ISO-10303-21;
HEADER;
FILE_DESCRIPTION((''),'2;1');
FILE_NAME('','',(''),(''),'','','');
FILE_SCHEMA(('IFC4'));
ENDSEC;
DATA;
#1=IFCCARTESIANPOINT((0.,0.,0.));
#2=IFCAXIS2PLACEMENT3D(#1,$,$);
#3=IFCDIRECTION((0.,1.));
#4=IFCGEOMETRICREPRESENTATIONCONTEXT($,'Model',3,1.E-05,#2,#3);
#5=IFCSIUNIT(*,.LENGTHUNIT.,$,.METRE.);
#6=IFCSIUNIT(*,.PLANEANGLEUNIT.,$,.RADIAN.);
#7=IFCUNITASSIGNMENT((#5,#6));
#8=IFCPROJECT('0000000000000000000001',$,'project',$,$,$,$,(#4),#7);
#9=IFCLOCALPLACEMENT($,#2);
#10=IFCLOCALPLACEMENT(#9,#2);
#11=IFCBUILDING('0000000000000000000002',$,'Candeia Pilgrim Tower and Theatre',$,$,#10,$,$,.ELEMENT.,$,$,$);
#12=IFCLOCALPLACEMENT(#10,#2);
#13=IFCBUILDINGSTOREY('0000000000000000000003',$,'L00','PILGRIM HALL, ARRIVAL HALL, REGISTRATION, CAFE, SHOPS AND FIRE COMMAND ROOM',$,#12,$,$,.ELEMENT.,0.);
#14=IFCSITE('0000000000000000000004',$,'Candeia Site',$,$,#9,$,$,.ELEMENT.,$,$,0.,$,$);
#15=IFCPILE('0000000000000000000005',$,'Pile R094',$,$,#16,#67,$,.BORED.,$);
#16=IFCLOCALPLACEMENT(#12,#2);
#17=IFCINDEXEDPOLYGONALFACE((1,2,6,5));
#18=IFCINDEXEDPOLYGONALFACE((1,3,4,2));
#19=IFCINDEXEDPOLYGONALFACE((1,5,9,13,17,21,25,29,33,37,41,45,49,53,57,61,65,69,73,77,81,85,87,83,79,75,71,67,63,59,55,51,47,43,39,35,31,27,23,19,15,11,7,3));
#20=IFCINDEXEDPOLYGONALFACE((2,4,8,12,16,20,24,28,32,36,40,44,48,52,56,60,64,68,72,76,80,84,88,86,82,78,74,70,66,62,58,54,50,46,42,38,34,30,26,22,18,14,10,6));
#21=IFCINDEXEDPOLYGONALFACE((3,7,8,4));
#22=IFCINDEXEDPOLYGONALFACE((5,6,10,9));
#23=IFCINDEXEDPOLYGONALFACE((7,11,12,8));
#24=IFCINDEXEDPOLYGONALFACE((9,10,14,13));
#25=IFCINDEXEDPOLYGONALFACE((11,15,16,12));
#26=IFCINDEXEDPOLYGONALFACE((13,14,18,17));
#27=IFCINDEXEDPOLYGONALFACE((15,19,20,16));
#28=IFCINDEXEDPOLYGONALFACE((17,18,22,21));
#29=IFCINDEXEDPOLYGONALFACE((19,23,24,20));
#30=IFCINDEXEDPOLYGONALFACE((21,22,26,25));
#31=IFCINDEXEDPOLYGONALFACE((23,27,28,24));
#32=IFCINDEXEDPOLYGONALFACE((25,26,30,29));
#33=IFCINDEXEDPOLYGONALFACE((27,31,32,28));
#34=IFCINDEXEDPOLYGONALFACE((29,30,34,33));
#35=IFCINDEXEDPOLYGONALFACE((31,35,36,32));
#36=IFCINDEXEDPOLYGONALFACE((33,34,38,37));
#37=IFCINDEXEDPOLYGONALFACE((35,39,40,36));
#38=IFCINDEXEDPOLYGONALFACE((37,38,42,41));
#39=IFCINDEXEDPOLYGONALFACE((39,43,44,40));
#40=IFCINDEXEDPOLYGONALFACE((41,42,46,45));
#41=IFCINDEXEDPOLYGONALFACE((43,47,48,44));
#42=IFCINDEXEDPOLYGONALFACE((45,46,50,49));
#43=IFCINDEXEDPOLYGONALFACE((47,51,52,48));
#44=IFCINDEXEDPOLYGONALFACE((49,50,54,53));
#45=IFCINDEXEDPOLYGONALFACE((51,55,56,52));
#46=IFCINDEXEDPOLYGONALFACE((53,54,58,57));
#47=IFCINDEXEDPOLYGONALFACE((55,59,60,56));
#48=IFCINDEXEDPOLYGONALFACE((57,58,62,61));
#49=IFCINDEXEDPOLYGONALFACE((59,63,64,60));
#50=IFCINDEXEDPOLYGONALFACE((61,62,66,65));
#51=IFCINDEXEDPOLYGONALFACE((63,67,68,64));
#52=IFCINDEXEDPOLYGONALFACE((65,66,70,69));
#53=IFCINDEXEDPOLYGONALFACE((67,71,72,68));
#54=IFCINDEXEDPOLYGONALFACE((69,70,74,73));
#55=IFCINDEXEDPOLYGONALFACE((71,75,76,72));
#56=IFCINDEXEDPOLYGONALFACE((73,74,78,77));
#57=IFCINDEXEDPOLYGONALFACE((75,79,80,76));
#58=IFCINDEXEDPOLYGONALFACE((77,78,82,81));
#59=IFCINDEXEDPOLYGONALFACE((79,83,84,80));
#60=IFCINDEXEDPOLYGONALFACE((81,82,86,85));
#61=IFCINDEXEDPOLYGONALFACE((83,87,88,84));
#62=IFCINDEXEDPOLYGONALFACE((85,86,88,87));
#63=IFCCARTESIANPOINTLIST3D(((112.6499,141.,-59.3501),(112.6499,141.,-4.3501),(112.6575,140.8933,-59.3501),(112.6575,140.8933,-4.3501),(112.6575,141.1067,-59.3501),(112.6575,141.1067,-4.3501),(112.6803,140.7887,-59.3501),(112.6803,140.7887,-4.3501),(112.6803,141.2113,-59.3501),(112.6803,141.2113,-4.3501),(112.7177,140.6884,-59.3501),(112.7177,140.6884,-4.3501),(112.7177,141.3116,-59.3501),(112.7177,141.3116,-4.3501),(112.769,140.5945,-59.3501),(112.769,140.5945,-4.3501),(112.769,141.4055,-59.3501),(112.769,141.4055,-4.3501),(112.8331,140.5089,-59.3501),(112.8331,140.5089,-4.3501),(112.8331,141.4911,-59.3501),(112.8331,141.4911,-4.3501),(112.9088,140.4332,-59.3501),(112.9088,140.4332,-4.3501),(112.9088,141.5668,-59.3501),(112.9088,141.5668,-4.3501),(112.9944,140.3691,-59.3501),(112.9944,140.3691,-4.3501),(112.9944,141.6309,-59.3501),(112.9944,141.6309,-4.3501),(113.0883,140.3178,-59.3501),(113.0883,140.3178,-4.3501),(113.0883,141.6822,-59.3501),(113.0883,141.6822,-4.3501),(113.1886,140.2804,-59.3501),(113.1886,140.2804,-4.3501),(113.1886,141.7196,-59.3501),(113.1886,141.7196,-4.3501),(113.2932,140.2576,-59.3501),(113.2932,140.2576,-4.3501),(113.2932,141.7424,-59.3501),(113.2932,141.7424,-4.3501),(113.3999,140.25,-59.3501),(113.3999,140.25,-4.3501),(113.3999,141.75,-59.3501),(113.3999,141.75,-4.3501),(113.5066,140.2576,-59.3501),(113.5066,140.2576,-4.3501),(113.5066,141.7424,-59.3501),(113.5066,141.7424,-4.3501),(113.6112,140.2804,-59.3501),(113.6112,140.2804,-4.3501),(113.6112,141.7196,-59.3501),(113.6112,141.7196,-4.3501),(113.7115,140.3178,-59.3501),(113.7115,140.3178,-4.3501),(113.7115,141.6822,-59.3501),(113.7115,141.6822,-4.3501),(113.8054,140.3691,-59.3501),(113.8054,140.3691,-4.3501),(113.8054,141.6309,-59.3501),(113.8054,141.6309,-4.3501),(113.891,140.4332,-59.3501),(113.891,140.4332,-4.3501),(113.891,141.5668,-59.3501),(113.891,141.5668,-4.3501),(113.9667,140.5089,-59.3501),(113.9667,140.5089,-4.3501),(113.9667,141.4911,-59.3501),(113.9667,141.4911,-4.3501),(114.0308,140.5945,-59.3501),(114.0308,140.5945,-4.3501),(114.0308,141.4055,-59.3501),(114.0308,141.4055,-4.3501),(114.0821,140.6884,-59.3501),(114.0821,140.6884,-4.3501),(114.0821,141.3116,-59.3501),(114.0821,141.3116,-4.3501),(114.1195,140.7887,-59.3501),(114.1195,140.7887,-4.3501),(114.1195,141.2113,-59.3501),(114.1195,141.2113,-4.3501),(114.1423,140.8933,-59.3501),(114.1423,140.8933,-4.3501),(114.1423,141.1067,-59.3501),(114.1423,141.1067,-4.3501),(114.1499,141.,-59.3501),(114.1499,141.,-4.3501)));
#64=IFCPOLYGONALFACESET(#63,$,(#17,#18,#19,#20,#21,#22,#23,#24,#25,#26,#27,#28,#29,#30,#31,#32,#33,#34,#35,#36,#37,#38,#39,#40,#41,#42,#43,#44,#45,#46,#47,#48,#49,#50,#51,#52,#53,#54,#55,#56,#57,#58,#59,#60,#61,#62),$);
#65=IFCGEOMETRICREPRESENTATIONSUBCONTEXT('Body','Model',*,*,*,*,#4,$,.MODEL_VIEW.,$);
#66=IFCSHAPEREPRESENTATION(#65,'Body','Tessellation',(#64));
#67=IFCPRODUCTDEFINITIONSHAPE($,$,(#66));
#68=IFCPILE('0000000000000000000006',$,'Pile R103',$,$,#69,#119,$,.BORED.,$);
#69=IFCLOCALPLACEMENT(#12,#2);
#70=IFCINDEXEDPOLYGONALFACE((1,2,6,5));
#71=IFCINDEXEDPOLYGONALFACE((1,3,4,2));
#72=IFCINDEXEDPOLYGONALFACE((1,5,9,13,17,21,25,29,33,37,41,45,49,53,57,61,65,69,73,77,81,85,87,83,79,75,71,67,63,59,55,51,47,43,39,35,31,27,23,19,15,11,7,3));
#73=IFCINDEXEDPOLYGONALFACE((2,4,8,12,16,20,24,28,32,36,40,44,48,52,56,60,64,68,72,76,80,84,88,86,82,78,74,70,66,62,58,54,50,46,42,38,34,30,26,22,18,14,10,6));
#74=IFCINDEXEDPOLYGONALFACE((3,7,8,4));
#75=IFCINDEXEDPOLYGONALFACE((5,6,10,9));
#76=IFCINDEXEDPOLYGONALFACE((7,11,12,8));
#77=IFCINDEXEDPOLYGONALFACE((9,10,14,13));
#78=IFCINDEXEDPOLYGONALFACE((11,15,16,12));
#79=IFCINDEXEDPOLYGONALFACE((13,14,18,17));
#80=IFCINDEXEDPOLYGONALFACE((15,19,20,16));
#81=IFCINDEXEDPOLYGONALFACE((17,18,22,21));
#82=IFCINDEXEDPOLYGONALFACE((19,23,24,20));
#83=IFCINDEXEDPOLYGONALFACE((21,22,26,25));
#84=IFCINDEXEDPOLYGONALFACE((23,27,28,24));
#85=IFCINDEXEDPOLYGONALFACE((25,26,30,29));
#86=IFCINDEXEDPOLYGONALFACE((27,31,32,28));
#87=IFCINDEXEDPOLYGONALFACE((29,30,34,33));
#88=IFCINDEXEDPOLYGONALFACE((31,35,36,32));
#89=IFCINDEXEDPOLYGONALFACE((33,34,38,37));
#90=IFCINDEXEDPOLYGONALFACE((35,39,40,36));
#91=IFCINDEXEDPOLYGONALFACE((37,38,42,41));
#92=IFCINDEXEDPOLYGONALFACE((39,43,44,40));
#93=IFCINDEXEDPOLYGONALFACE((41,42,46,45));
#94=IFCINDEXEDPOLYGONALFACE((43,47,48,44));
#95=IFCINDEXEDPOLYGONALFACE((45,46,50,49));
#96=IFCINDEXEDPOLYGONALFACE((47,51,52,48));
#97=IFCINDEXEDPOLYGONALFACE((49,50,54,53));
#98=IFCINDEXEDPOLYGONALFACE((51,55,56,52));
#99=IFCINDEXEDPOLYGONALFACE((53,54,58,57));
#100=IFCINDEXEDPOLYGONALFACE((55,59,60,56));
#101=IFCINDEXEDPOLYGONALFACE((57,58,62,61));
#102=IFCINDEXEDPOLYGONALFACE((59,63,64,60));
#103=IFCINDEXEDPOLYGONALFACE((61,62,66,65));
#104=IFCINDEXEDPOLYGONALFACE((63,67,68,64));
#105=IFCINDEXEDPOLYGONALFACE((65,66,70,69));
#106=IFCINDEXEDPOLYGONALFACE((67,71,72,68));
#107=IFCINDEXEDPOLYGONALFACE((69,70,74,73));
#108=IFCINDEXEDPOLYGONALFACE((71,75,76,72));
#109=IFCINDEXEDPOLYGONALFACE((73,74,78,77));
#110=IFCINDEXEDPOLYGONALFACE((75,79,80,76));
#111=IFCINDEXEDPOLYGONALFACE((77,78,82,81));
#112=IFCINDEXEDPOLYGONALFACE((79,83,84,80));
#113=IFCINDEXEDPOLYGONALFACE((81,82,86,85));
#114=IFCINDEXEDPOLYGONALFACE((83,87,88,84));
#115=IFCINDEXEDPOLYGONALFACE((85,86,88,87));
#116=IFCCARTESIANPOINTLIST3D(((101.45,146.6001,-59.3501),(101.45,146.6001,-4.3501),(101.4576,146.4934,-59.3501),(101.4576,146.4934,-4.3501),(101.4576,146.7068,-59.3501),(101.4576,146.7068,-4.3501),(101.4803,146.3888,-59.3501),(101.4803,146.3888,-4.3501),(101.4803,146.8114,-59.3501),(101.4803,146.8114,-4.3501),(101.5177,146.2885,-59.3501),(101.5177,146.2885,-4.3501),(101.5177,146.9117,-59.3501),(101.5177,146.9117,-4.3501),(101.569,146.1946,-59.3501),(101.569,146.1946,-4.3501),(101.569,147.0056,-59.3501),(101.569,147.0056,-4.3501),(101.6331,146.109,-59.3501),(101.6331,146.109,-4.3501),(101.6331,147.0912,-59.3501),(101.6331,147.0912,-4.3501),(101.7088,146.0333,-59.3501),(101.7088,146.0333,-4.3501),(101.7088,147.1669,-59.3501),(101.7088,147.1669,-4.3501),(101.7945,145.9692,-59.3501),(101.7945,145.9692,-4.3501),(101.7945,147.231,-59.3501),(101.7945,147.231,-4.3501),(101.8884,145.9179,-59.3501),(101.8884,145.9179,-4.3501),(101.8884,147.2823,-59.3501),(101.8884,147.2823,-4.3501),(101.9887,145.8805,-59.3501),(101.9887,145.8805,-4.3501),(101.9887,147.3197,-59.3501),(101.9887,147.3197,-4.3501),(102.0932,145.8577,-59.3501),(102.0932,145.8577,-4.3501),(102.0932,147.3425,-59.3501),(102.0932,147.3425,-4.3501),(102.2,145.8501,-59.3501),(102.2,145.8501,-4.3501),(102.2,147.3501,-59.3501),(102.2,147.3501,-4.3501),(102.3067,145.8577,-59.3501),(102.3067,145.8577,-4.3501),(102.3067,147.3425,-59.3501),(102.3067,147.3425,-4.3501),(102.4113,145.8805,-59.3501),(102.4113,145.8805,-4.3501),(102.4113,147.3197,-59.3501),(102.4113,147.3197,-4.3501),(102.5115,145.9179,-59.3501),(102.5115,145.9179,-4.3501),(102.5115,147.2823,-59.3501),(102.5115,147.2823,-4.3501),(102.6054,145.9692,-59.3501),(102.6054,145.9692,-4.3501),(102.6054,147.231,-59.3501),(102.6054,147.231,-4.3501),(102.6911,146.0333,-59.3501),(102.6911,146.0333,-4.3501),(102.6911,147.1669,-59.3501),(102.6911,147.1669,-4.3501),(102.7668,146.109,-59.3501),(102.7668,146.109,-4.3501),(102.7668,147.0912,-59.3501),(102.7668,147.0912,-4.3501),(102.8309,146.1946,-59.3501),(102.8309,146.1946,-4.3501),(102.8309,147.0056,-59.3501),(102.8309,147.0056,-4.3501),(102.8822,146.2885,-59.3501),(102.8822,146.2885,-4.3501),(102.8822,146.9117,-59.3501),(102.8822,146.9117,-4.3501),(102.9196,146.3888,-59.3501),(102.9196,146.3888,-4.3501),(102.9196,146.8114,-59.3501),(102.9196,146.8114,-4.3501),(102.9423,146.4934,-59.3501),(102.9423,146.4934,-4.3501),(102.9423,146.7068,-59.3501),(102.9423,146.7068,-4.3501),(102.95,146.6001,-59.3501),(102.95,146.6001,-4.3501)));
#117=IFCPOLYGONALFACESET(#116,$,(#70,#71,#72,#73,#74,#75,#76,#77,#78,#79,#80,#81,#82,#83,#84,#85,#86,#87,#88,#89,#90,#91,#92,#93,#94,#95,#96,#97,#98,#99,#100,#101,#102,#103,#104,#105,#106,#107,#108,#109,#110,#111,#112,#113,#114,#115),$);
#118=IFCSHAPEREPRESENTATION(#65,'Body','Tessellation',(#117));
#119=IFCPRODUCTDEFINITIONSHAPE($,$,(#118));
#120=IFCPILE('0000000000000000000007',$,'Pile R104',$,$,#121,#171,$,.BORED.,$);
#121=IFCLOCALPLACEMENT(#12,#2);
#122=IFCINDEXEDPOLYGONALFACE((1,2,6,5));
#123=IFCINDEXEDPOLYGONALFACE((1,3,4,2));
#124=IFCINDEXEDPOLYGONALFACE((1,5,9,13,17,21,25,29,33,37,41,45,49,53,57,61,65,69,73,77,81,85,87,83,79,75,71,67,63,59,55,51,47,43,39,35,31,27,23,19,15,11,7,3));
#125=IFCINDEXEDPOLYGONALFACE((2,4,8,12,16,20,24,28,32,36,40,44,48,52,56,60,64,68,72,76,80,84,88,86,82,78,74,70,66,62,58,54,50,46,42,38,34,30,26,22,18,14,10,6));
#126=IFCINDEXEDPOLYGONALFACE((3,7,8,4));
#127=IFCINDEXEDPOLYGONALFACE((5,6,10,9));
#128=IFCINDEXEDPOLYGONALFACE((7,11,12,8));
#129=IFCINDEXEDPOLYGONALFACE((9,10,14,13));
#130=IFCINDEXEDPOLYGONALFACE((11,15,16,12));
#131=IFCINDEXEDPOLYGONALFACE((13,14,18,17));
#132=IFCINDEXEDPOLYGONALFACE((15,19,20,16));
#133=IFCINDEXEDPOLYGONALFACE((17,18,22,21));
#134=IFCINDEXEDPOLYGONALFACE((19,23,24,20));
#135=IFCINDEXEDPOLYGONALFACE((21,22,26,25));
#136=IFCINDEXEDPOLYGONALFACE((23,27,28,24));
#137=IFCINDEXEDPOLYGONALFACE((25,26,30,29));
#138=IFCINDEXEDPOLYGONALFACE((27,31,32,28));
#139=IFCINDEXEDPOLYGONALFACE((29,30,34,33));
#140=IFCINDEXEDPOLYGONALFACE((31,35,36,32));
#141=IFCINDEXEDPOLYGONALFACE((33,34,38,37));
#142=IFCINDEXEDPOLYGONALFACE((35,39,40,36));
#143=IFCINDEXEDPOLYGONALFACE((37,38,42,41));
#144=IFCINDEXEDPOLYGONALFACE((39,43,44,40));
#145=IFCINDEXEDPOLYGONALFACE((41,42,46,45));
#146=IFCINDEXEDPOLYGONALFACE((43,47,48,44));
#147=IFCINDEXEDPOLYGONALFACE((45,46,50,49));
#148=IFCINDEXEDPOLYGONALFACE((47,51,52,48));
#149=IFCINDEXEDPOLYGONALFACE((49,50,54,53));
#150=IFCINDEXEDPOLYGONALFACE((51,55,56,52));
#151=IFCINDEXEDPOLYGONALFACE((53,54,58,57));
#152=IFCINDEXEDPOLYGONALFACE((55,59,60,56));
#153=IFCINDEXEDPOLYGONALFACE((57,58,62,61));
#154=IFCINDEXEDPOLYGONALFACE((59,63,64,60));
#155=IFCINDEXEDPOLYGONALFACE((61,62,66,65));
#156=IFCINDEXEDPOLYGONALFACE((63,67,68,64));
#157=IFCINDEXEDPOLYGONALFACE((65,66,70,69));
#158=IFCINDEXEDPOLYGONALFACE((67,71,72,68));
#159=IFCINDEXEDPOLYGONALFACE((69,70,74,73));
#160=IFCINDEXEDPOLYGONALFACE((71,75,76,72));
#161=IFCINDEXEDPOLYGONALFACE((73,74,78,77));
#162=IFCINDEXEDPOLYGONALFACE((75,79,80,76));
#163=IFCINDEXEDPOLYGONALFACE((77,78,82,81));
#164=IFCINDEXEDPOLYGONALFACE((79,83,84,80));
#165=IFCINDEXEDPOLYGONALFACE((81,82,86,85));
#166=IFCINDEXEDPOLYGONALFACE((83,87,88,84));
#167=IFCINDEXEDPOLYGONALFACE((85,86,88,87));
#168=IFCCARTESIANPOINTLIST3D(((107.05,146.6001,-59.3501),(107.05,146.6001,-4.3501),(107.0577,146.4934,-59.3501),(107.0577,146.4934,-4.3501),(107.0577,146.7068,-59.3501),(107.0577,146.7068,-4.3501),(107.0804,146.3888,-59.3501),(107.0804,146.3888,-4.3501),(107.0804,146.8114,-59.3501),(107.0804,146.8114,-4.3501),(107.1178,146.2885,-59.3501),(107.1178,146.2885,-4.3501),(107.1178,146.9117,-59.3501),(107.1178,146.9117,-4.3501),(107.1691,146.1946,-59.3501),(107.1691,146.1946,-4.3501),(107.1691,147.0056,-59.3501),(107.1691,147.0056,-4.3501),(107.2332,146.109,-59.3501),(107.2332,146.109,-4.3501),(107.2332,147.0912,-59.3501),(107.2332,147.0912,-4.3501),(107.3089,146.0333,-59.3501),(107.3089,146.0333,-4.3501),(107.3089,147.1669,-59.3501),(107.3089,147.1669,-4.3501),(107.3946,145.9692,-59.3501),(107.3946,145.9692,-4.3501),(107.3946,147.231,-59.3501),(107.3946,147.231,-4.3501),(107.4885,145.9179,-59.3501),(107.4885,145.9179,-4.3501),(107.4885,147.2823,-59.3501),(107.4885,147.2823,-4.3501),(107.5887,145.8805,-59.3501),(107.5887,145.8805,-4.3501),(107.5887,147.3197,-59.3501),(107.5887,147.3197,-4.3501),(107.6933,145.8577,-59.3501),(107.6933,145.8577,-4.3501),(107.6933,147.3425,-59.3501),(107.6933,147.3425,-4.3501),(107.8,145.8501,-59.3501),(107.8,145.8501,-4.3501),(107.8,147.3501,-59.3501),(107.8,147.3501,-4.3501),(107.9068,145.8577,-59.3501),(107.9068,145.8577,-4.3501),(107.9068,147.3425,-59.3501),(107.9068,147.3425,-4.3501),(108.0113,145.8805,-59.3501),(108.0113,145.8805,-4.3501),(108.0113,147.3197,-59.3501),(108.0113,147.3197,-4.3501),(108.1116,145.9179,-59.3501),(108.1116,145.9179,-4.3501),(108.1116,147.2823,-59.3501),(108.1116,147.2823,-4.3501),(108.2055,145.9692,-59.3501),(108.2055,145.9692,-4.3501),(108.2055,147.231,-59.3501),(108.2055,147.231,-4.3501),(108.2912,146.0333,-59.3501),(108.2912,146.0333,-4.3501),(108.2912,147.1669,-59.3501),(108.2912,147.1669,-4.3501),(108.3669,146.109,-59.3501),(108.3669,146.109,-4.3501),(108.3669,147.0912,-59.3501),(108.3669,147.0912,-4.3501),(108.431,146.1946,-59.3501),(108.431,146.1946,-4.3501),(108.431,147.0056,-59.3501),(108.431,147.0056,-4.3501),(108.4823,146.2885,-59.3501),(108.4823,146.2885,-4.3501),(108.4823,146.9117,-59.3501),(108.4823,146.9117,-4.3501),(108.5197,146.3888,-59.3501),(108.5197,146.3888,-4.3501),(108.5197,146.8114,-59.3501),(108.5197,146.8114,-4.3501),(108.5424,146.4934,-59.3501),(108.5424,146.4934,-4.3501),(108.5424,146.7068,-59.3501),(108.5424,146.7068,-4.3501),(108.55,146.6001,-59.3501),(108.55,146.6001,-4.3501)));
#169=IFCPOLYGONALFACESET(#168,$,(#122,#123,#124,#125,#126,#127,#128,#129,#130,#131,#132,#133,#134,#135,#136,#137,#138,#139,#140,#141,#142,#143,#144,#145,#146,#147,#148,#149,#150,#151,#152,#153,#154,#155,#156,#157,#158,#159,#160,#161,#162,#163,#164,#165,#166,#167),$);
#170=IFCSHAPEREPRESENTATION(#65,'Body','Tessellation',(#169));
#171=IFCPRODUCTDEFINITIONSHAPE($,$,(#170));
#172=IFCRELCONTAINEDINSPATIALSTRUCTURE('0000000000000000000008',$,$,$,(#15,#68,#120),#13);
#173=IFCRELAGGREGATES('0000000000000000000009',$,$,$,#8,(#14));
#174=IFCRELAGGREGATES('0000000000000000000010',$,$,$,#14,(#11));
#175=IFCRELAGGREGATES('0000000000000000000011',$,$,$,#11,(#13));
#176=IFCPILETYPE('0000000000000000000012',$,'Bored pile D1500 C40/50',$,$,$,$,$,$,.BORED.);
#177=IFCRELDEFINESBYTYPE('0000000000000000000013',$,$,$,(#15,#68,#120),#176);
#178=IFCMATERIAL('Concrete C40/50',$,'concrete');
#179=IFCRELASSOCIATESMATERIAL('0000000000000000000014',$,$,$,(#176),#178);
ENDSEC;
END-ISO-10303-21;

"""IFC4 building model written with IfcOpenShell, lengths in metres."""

from ifc_helpers import new_model, si_unit, direction, frame, origin, origin_2d, place, context, subcontext, project, spatial, circle, extrude, material, material_profile, profile_set, type_object, element, save


model = new_model("IFC4")

# Units and contexts
model_context = context("Model", 3, precision=1e-05, world=origin(), true_north=direction((0.0, 1.0)))
body_context = subcontext(model_context, "Body", "Model", "MODEL_VIEW")
ifc_project = project(units=[si_unit("LENGTHUNIT", "METRE"), si_unit("PLANEANGLEUNIT", "RADIAN")], contexts=[model_context])

# Site, building, storey
site_placement = place(None, origin())
site = spatial("IfcSite", under=ifc_project, at=site_placement, Name="Candeia Site", CompositionType="ELEMENT", RefElevation=0.0)
building_placement = place(site_placement, origin())
building = spatial("IfcBuilding", under=site, at=building_placement, Name="Candeia Pilgrim Tower and Theatre", CompositionType="ELEMENT")
storey_placement = place(building_placement, origin())
storey = spatial("IfcBuildingStorey", under=building, at=storey_placement, Name="L00", Description="PILGRIM HALL, ARRIVAL HALL, REGISTRATION, CAFE, SHOPS AND FIRE COMMAND ROOM", CompositionType="ELEMENT", Elevation=0.0)

# Piles
ifc_material_1 = material(Name="Concrete C40/50", Category="concrete")
ifc_material_profile_1 = material_profile(ifc_material_1, circle(Radius=0.75, at=origin_2d()))
ifc_profile_set_1 = profile_set([ifc_material_profile_1], Name="Concrete C40/50")
pile_type = type_object("IfcPileType", Name="Bored pile D1500 C40/50", PredefinedType="BORED", material=ifc_profile_set_1)
for number, where, z_axis, x_axis, name in (
    (1, (113.3999, 141.0, -4.3501), (0.0, 0.0, -1.0), (1.0, 0.0, 0.0), "Pile R094"),
    (2, (102.2, 146.6001, -4.3501), (0.0, 0.0, -1.0), (1.0, 0.0, 0.0), "Pile R103"),
    (3, (107.8, 146.6001, -4.3501), (0.0, 0.0, -1.0), (1.0, 0.0, 0.0), "Pile R104"),
):
    element("IfcPile", number, at=place(storey_placement, frame(where, z_axis=z_axis, x_axis=x_axis)), inside=storey, type_object=pile_type, Name=name, PredefinedType="BORED", context=body_context, shape_type="SweptSolid", body=[
        extrude(circle(Radius=0.75, at=origin_2d()), origin(), (0.0, 0.0, 1.0), 55.0),
    ])

save(model, "model.ifc")
